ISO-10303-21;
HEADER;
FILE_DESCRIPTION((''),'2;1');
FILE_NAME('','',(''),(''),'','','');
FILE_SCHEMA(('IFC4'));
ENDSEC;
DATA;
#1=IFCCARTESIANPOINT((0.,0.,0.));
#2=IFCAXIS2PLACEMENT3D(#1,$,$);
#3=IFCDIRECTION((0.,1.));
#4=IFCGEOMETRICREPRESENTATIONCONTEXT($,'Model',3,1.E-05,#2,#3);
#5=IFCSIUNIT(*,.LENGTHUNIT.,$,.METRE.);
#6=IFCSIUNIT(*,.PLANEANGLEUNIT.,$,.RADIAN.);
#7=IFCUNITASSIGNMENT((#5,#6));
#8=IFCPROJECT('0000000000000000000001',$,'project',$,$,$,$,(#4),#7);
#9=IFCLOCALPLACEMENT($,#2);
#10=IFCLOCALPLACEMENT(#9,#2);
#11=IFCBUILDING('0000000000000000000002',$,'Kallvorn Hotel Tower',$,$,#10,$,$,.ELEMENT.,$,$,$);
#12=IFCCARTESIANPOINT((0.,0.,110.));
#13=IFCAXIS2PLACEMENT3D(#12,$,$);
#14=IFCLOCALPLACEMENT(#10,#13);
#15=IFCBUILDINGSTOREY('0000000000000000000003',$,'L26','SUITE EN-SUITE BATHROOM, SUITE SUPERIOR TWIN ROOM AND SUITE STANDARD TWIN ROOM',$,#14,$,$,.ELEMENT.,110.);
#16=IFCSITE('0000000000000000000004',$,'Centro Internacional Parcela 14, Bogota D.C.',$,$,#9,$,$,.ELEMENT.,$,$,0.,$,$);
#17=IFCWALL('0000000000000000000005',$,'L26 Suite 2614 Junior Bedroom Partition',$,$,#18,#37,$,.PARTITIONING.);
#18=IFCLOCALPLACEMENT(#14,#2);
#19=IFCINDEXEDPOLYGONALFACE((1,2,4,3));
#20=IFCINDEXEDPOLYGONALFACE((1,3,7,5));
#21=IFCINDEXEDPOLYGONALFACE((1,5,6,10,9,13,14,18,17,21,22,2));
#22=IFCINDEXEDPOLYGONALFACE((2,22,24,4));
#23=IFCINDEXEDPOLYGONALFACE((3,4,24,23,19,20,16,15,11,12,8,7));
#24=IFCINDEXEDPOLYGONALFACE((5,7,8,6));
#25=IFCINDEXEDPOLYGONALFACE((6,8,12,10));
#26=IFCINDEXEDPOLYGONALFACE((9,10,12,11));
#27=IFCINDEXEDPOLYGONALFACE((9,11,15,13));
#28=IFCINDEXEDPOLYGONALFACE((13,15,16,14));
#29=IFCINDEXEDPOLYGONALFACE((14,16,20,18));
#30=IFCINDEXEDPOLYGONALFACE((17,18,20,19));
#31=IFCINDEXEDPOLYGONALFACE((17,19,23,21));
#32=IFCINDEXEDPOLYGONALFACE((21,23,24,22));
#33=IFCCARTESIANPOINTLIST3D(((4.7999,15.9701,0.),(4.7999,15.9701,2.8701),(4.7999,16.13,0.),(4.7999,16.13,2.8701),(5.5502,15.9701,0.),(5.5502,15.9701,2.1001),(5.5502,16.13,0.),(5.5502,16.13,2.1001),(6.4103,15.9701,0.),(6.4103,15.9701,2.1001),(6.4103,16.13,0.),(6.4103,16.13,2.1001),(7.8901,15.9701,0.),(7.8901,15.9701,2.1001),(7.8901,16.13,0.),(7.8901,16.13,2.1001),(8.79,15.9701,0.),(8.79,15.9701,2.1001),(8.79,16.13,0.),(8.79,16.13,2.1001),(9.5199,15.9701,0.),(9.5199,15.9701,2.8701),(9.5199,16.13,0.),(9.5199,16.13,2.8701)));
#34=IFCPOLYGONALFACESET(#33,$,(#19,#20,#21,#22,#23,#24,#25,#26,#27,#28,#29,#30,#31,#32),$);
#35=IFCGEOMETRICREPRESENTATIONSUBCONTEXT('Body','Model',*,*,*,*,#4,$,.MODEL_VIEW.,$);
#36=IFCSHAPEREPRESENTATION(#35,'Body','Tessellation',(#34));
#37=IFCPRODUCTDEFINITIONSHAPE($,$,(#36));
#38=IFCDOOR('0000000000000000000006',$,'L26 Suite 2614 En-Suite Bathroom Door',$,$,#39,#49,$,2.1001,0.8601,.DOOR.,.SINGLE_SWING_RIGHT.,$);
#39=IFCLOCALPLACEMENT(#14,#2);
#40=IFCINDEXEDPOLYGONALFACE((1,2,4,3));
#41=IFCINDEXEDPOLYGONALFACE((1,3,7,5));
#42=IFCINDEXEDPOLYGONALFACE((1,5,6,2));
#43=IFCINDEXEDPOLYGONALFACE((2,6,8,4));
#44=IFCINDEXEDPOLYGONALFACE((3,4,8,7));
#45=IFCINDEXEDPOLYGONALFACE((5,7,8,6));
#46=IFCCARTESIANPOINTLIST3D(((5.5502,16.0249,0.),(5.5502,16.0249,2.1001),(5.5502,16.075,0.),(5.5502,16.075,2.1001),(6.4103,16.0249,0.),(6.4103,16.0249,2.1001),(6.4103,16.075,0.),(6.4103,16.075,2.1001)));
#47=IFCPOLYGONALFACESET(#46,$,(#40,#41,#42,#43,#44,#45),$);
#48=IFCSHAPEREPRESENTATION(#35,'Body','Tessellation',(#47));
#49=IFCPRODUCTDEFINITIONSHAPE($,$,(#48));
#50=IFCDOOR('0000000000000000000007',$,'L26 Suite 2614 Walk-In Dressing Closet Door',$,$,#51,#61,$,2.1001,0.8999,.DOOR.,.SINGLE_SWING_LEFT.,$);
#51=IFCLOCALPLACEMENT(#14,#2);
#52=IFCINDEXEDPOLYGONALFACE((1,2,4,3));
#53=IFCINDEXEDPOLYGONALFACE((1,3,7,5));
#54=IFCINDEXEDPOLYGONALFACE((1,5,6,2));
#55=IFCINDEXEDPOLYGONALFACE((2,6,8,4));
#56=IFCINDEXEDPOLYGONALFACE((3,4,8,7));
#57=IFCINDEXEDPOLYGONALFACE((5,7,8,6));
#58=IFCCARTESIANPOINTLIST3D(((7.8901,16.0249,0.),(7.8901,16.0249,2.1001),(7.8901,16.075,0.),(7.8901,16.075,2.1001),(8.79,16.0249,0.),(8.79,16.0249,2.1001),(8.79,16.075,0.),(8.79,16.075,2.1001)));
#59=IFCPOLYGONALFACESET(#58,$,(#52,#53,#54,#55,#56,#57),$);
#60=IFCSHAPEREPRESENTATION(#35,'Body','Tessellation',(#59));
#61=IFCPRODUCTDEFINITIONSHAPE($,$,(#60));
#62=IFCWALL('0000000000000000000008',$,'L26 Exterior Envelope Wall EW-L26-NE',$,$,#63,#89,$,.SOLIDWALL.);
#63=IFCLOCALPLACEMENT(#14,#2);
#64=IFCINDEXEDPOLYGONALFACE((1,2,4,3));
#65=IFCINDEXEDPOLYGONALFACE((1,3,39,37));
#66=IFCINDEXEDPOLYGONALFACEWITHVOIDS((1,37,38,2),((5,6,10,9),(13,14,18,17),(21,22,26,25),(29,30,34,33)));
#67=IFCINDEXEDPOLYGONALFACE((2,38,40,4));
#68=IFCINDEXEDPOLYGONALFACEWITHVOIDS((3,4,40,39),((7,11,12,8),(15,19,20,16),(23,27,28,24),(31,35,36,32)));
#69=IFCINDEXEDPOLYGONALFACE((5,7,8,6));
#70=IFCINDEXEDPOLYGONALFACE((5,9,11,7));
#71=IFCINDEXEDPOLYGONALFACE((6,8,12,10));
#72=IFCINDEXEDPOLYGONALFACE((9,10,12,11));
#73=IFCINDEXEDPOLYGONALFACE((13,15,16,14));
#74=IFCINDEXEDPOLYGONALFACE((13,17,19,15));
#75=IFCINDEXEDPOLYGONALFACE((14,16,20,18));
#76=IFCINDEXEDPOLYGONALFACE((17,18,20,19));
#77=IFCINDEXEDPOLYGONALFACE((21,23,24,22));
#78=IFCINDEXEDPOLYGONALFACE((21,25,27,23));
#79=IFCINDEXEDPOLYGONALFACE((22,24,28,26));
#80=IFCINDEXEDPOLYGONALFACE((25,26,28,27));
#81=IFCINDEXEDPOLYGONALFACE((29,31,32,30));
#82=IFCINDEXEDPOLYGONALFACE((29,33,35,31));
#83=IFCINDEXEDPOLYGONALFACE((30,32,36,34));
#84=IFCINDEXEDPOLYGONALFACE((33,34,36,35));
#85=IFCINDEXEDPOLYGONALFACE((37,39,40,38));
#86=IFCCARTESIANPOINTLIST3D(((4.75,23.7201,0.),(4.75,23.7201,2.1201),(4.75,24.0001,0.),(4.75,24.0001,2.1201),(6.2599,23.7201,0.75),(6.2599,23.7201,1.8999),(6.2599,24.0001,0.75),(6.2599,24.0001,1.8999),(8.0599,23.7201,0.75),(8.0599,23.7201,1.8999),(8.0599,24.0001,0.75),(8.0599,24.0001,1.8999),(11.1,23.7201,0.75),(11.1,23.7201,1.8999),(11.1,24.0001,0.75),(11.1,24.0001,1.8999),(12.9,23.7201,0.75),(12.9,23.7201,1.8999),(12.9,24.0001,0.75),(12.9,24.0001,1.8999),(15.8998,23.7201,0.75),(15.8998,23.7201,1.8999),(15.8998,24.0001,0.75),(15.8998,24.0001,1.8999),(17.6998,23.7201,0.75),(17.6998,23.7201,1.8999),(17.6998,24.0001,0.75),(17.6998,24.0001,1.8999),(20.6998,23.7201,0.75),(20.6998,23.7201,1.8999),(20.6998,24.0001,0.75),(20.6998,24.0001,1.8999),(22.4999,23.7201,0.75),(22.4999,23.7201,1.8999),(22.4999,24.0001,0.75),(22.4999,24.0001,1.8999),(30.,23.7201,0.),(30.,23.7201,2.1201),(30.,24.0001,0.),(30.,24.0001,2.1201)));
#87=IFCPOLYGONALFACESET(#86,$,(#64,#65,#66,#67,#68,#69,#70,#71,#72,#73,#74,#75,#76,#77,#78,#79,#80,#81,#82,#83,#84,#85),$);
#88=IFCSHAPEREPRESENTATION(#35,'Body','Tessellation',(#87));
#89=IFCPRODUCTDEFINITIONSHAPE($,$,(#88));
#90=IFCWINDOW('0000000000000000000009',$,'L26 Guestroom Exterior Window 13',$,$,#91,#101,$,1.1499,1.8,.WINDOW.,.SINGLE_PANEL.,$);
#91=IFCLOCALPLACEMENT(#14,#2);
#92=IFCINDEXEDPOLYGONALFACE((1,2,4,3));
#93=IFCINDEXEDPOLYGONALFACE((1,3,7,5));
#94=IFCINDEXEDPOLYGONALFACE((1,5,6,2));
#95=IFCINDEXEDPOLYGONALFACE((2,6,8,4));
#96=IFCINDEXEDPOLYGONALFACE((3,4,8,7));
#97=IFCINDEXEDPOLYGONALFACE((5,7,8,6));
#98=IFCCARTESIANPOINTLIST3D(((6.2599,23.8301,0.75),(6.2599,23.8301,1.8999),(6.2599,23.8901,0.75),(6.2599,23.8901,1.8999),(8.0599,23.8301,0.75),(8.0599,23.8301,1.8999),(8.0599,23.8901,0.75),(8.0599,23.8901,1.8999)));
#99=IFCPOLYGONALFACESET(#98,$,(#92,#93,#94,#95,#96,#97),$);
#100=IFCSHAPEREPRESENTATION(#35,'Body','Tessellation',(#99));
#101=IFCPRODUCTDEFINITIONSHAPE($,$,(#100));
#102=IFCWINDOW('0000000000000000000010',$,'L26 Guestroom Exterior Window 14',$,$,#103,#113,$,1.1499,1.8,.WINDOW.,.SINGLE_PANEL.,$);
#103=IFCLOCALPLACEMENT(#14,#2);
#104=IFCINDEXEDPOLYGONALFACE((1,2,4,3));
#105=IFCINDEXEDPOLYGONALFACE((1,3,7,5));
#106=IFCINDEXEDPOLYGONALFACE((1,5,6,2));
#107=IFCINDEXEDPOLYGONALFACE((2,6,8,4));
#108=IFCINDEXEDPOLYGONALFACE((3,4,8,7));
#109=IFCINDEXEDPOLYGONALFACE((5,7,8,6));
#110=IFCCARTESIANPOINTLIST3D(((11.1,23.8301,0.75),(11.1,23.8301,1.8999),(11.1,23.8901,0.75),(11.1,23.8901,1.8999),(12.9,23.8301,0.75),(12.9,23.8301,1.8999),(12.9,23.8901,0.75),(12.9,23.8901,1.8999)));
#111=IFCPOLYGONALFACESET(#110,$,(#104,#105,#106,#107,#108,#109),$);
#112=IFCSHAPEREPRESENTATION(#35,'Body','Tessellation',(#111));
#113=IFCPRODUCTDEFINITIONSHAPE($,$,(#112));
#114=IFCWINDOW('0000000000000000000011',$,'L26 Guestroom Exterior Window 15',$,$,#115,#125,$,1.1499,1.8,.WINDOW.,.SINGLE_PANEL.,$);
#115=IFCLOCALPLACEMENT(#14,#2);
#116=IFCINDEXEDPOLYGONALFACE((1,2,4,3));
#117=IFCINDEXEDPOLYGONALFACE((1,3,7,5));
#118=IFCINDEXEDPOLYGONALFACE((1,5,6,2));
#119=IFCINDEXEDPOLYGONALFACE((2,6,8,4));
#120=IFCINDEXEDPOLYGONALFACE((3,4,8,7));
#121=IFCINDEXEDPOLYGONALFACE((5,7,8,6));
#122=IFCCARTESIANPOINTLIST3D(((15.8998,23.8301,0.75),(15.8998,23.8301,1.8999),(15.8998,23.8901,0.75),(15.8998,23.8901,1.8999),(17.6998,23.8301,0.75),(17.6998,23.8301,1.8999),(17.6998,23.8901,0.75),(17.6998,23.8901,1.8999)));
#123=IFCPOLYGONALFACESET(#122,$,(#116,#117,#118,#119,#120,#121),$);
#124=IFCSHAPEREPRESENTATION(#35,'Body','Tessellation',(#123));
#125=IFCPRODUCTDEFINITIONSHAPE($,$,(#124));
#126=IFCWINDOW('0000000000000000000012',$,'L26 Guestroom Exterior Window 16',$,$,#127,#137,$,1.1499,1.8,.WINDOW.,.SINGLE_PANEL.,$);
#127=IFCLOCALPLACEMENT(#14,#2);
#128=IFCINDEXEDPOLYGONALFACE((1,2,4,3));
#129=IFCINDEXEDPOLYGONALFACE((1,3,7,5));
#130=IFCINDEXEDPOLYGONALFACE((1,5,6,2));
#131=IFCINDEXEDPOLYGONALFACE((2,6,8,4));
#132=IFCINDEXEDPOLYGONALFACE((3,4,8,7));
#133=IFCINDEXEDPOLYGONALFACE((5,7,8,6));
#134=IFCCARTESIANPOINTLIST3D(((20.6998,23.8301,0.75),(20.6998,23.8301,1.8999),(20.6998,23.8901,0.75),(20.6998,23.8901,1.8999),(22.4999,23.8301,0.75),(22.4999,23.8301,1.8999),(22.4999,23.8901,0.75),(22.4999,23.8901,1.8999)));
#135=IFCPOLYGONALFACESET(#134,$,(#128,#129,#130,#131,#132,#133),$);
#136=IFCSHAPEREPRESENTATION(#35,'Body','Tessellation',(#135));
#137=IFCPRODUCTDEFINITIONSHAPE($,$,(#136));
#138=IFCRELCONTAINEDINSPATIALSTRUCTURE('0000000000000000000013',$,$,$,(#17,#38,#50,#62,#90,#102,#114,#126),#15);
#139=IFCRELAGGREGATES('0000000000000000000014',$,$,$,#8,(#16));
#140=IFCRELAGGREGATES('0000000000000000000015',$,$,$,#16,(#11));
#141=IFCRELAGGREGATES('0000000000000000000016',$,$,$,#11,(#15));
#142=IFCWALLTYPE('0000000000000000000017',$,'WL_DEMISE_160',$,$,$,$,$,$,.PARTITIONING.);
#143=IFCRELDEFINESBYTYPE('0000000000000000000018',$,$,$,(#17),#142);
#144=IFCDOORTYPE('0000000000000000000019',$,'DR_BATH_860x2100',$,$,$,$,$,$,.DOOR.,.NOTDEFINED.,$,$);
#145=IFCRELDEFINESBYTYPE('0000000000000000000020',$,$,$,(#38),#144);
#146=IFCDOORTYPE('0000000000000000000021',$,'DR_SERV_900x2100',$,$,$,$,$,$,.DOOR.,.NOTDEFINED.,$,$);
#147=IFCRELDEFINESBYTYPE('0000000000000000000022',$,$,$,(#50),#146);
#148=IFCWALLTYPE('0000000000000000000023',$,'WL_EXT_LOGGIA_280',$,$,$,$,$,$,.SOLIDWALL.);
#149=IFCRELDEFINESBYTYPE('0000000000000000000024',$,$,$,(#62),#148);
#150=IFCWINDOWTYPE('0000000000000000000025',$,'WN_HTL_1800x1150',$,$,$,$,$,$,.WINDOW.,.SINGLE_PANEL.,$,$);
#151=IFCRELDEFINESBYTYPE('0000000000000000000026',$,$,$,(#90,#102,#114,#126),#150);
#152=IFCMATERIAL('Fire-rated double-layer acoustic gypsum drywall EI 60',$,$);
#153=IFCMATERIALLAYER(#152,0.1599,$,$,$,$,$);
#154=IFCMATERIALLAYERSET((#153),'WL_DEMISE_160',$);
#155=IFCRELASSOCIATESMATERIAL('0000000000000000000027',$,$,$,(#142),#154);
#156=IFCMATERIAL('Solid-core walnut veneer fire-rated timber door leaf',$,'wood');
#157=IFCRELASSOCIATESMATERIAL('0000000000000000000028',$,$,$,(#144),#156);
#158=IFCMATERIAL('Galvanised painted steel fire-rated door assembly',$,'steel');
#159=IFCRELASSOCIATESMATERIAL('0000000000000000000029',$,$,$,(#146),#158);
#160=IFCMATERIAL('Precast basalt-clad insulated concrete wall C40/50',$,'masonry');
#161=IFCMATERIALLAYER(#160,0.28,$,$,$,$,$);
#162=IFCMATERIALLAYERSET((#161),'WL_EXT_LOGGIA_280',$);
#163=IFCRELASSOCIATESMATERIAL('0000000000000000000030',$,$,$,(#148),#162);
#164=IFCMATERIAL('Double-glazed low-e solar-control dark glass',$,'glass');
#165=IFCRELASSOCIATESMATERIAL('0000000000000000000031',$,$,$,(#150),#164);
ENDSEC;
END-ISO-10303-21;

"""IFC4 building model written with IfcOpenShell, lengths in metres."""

from ifc_helpers import new_model, si_unit, direction, frame, frame_2d, origin, place, context, subcontext, project, spatial, rectangle, extrude, material, layer, layer_set, type_object, element, fill, save


model = new_model("IFC4")

# Units and contexts
model_context = context("Model", 3, precision=1e-05, world=origin(), true_north=direction((0.0, 1.0)))
body_context = subcontext(model_context, "Body", "Model", "MODEL_VIEW")
ifc_project = project(units=[si_unit("LENGTHUNIT", "METRE"), si_unit("PLANEANGLEUNIT", "RADIAN")], contexts=[model_context])

# Site, building, storey
site_placement = place(None, origin())
site = spatial("IfcSite", under=ifc_project, at=site_placement, Name="Centro Internacional Parcela 14, Bogota D.C.", CompositionType="ELEMENT", RefElevation=0.0)
building_placement = place(site_placement, origin())
building = spatial("IfcBuilding", under=site, at=building_placement, Name="Kallvorn Hotel Tower", CompositionType="ELEMENT")
storey_placement = place(building_placement, frame((0.0, 0.0, 110.0)))
storey = spatial("IfcBuildingStorey", under=building, at=storey_placement, Name="L26", Description="SUITE EN-SUITE BATHROOM, SUITE SUPERIOR TWIN ROOM AND SUITE STANDARD TWIN ROOM", CompositionType="ELEMENT", Elevation=110.0)

# Wall, openings, doors
ifc_material_1 = material(Name="Fire-rated double-layer acoustic gypsum drywall EI 60")
ifc_layer_1 = layer(ifc_material_1, 0.1599)
ifc_layer_set_1 = layer_set([ifc_layer_1], Name="WL_DEMISE_160")
wall_type_1 = type_object("IfcWallType", Name="WL_DEMISE_160", PredefinedType="PARTITIONING", material=ifc_layer_set_1)
wall_1_placement = place(storey_placement, frame((4.8, 16.05, 0.0), z_axis=(0.0, 0.0, 1.0), x_axis=(1.0, 0.0, 0.0)))
wall_1 = element("IfcWall", 1, at=wall_1_placement, inside=storey, type_object=wall_type_1, Name="L26 Suite 2614 Junior Bedroom Partition", PredefinedType="PARTITIONING", context=body_context, shape_type="SweptSolid", body=[
    extrude(rectangle(XDim=4.72, YDim=0.1599, at=frame_2d((2.3599, 0.0))), origin(), (0.0, 0.0, 1.0), 2.8701),
])
opening_1_placement = place(wall_1_placement, frame((0.75, 0.0, 0.0)))
opening_1 = element("IfcOpeningElement", 2, at=opening_1_placement, cuts=wall_1, PredefinedType="OPENING", context=body_context, shape_type="SweptSolid", body=[
    extrude(rectangle(XDim=0.8601, YDim=2.1001, at=frame_2d((0.4302, 1.05))), frame((0.0, 0.095, 0.0), z_axis=(0.0, -1.0, 0.0), x_axis=(1.0, 0.0, 0.0)), (0.0, 0.0, 1.0), 0.1899),
])
opening_2_placement = place(wall_1_placement, frame((3.0901, 0.0, 0.0)))
opening_2 = element("IfcOpeningElement", 3, at=opening_2_placement, cuts=wall_1, PredefinedType="OPENING", context=body_context, shape_type="SweptSolid", body=[
    extrude(rectangle(XDim=0.8999, YDim=2.1001, at=frame_2d((0.45, 1.05))), frame((0.0, 0.095, 0.0), z_axis=(0.0, -1.0, 0.0), x_axis=(1.0, 0.0, 0.0)), (0.0, 0.0, 1.0), 0.1899),
])
ifc_material_2 = material(Name="Solid-core walnut veneer fire-rated timber door leaf", Category="wood")
door_type_1 = type_object("IfcDoorType", Name="DR_BATH_860x2100", OperationType="NOTDEFINED", PredefinedType="DOOR", material=ifc_material_2)
door_1_placement = place(opening_1_placement, origin())
door_1 = element("IfcDoor", 4, at=door_1_placement, inside=storey, type_object=door_type_1, Name="L26 Suite 2614 En-Suite Bathroom Door", OperationType="SINGLE_SWING_RIGHT", OverallHeight=2.1001, OverallWidth=0.8601, PredefinedType="DOOR", context=body_context, shape_type="SweptSolid", body=[
    extrude(rectangle(XDim=0.8601, YDim=2.1001, at=frame_2d((0.4302, 1.05))), frame((0.0, 0.0249, 0.0), z_axis=(0.0, -1.0, 0.0), x_axis=(1.0, 0.0, 0.0)), (0.0, 0.0, 1.0), 0.05),
])
fill(opening_1, door_1)
ifc_material_3 = material(Name="Galvanised painted steel fire-rated door assembly", Category="steel")
door_type_2 = type_object("IfcDoorType", Name="DR_SERV_900x2100", OperationType="NOTDEFINED", PredefinedType="DOOR", material=ifc_material_3)
door_2_placement = place(opening_2_placement, origin())
door_2 = element("IfcDoor", 5, at=door_2_placement, inside=storey, type_object=door_type_2, Name="L26 Suite 2614 Walk-In Dressing Closet Door", OperationType="SINGLE_SWING_LEFT", OverallHeight=2.1001, OverallWidth=0.8999, PredefinedType="DOOR", context=body_context, shape_type="SweptSolid", body=[
    extrude(rectangle(XDim=0.8999, YDim=2.1001, at=frame_2d((0.45, 1.05))), frame((0.0, 0.0249, 0.0), z_axis=(0.0, -1.0, 0.0), x_axis=(1.0, 0.0, 0.0)), (0.0, 0.0, 1.0), 0.05),
])
fill(opening_2, door_2)

# Wall, openings, windows
ifc_material_4 = material(Name="Precast basalt-clad insulated concrete wall C40/50", Category="masonry")
ifc_layer_2 = layer(ifc_material_4, 0.28)
ifc_layer_set_2 = layer_set([ifc_layer_2], Name="WL_EXT_LOGGIA_280")
wall_type_2 = type_object("IfcWallType", Name="WL_EXT_LOGGIA_280", PredefinedType="SOLIDWALL", material=ifc_layer_set_2)
wall_2_placement = place(storey_placement, frame((4.75, 23.8601, 0.0), z_axis=(0.0, 0.0, 1.0), x_axis=(1.0, 0.0, 0.0)))
wall_2 = element("IfcWall", 6, at=wall_2_placement, inside=storey, type_object=wall_type_2, Name="L26 Exterior Envelope Wall EW-L26-NE", PredefinedType="SOLIDWALL", context=body_context, shape_type="SweptSolid", body=[
    extrude(rectangle(XDim=25.25, YDim=0.28, at=frame_2d((12.625, 0.0))), origin(), (0.0, 0.0, 1.0), 2.1201),
])
opening_3_placement = place(wall_2_placement, frame((1.51, 0.0, 0.75)))
opening_3 = element("IfcOpeningElement", 7, at=opening_3_placement, cuts=wall_2, PredefinedType="OPENING", context=body_context, shape_type="SweptSolid", body=[
    extrude(rectangle(XDim=1.8, YDim=1.1499, at=frame_2d((0.8999, 0.575))), frame((0.0, 0.155, 0.0), z_axis=(0.0, -1.0, 0.0), x_axis=(1.0, 0.0, 0.0)), (0.0, 0.0, 1.0), 0.3101),
])
opening_4_placement = place(wall_2_placement, frame((6.3501, 0.0, 0.75)))
opening_4 = element("IfcOpeningElement", 8, at=opening_4_placement, cuts=wall_2, PredefinedType="OPENING", context=body_context, shape_type="SweptSolid", body=[
    extrude(rectangle(XDim=1.8, YDim=1.1499, at=frame_2d((0.8999, 0.575))), frame((0.0, 0.155, 0.0), z_axis=(0.0, -1.0, 0.0), x_axis=(1.0, 0.0, 0.0)), (0.0, 0.0, 1.0), 0.3101),
])
opening_5_placement = place(wall_2_placement, frame((11.1499, 0.0, 0.75)))
opening_5 = element("IfcOpeningElement", 9, at=opening_5_placement, cuts=wall_2, PredefinedType="OPENING", context=body_context, shape_type="SweptSolid", body=[
    extrude(rectangle(XDim=1.8, YDim=1.1499, at=frame_2d((0.8999, 0.575))), frame((0.0, 0.155, 0.0), z_axis=(0.0, -1.0, 0.0), x_axis=(1.0, 0.0, 0.0)), (0.0, 0.0, 1.0), 0.3101),
])
opening_6_placement = place(wall_2_placement, frame((15.95, 0.0, 0.75)))
opening_6 = element("IfcOpeningElement", 10, at=opening_6_placement, cuts=wall_2, PredefinedType="OPENING", context=body_context, shape_type="SweptSolid", body=[
    extrude(rectangle(XDim=1.8, YDim=1.1499, at=frame_2d((0.8999, 0.575))), frame((0.0, 0.155, 0.0), z_axis=(0.0, -1.0, 0.0), x_axis=(1.0, 0.0, 0.0)), (0.0, 0.0, 1.0), 0.3101),
])
ifc_material_5 = material(Name="Double-glazed low-e solar-control dark glass", Category="glass")
window_type = type_object("IfcWindowType", Name="WN_HTL_1800x1150", PartitioningType="SINGLE_PANEL", PredefinedType="WINDOW", material=ifc_material_5)
window_1_placement = place(opening_3_placement, origin())
window_1 = element("IfcWindow", 11, at=window_1_placement, inside=storey, type_object=window_type, Name="L26 Guestroom Exterior Window 13", OverallHeight=1.1499, OverallWidth=1.8, PartitioningType="SINGLE_PANEL", PredefinedType="WINDOW", context=body_context, shape_type="SweptSolid", body=[
    extrude(rectangle(XDim=1.8, YDim=1.1499, at=frame_2d((0.8999, 0.575))), frame((0.0, 0.03, 0.0), z_axis=(0.0, -1.0, 0.0), x_axis=(1.0, 0.0, 0.0)), (0.0, 0.0, 1.0), 0.0601),
])
fill(opening_3, window_1)
window_2_placement = place(opening_4_placement, origin())
window_2 = element("IfcWindow", 12, at=window_2_placement, inside=storey, type_object=window_type, Name="L26 Guestroom Exterior Window 14", OverallHeight=1.1499, OverallWidth=1.8, PartitioningType="SINGLE_PANEL", PredefinedType="WINDOW", context=body_context, shape_type="SweptSolid", body=[
    extrude(rectangle(XDim=1.8, YDim=1.1499, at=frame_2d((0.8999, 0.575))), frame((0.0, 0.03, 0.0), z_axis=(0.0, -1.0, 0.0), x_axis=(1.0, 0.0, 0.0)), (0.0, 0.0, 1.0), 0.0601),
])
fill(opening_4, window_2)
window_3_placement = place(opening_5_placement, origin())
window_3 = element("IfcWindow", 13, at=window_3_placement, inside=storey, type_object=window_type, Name="L26 Guestroom Exterior Window 15", OverallHeight=1.1499, OverallWidth=1.8, PartitioningType="SINGLE_PANEL", PredefinedType="WINDOW", context=body_context, shape_type="SweptSolid", body=[
    extrude(rectangle(XDim=1.8, YDim=1.1499, at=frame_2d((0.8999, 0.575))), frame((0.0, 0.03, 0.0), z_axis=(0.0, -1.0, 0.0), x_axis=(1.0, 0.0, 0.0)), (0.0, 0.0, 1.0), 0.0601),
])
fill(opening_5, window_3)
window_4_placement = place(opening_6_placement, origin())
window_4 = element("IfcWindow", 14, at=window_4_placement, inside=storey, type_object=window_type, Name="L26 Guestroom Exterior Window 16", OverallHeight=1.1499, OverallWidth=1.8, PartitioningType="SINGLE_PANEL", PredefinedType="WINDOW", context=body_context, shape_type="SweptSolid", body=[
    extrude(rectangle(XDim=1.8, YDim=1.1499, at=frame_2d((0.8999, 0.575))), frame((0.0, 0.03, 0.0), z_axis=(0.0, -1.0, 0.0), x_axis=(1.0, 0.0, 0.0)), (0.0, 0.0, 1.0), 0.0601),
])
fill(opening_6, window_4)

save(model, "model.ifc")
